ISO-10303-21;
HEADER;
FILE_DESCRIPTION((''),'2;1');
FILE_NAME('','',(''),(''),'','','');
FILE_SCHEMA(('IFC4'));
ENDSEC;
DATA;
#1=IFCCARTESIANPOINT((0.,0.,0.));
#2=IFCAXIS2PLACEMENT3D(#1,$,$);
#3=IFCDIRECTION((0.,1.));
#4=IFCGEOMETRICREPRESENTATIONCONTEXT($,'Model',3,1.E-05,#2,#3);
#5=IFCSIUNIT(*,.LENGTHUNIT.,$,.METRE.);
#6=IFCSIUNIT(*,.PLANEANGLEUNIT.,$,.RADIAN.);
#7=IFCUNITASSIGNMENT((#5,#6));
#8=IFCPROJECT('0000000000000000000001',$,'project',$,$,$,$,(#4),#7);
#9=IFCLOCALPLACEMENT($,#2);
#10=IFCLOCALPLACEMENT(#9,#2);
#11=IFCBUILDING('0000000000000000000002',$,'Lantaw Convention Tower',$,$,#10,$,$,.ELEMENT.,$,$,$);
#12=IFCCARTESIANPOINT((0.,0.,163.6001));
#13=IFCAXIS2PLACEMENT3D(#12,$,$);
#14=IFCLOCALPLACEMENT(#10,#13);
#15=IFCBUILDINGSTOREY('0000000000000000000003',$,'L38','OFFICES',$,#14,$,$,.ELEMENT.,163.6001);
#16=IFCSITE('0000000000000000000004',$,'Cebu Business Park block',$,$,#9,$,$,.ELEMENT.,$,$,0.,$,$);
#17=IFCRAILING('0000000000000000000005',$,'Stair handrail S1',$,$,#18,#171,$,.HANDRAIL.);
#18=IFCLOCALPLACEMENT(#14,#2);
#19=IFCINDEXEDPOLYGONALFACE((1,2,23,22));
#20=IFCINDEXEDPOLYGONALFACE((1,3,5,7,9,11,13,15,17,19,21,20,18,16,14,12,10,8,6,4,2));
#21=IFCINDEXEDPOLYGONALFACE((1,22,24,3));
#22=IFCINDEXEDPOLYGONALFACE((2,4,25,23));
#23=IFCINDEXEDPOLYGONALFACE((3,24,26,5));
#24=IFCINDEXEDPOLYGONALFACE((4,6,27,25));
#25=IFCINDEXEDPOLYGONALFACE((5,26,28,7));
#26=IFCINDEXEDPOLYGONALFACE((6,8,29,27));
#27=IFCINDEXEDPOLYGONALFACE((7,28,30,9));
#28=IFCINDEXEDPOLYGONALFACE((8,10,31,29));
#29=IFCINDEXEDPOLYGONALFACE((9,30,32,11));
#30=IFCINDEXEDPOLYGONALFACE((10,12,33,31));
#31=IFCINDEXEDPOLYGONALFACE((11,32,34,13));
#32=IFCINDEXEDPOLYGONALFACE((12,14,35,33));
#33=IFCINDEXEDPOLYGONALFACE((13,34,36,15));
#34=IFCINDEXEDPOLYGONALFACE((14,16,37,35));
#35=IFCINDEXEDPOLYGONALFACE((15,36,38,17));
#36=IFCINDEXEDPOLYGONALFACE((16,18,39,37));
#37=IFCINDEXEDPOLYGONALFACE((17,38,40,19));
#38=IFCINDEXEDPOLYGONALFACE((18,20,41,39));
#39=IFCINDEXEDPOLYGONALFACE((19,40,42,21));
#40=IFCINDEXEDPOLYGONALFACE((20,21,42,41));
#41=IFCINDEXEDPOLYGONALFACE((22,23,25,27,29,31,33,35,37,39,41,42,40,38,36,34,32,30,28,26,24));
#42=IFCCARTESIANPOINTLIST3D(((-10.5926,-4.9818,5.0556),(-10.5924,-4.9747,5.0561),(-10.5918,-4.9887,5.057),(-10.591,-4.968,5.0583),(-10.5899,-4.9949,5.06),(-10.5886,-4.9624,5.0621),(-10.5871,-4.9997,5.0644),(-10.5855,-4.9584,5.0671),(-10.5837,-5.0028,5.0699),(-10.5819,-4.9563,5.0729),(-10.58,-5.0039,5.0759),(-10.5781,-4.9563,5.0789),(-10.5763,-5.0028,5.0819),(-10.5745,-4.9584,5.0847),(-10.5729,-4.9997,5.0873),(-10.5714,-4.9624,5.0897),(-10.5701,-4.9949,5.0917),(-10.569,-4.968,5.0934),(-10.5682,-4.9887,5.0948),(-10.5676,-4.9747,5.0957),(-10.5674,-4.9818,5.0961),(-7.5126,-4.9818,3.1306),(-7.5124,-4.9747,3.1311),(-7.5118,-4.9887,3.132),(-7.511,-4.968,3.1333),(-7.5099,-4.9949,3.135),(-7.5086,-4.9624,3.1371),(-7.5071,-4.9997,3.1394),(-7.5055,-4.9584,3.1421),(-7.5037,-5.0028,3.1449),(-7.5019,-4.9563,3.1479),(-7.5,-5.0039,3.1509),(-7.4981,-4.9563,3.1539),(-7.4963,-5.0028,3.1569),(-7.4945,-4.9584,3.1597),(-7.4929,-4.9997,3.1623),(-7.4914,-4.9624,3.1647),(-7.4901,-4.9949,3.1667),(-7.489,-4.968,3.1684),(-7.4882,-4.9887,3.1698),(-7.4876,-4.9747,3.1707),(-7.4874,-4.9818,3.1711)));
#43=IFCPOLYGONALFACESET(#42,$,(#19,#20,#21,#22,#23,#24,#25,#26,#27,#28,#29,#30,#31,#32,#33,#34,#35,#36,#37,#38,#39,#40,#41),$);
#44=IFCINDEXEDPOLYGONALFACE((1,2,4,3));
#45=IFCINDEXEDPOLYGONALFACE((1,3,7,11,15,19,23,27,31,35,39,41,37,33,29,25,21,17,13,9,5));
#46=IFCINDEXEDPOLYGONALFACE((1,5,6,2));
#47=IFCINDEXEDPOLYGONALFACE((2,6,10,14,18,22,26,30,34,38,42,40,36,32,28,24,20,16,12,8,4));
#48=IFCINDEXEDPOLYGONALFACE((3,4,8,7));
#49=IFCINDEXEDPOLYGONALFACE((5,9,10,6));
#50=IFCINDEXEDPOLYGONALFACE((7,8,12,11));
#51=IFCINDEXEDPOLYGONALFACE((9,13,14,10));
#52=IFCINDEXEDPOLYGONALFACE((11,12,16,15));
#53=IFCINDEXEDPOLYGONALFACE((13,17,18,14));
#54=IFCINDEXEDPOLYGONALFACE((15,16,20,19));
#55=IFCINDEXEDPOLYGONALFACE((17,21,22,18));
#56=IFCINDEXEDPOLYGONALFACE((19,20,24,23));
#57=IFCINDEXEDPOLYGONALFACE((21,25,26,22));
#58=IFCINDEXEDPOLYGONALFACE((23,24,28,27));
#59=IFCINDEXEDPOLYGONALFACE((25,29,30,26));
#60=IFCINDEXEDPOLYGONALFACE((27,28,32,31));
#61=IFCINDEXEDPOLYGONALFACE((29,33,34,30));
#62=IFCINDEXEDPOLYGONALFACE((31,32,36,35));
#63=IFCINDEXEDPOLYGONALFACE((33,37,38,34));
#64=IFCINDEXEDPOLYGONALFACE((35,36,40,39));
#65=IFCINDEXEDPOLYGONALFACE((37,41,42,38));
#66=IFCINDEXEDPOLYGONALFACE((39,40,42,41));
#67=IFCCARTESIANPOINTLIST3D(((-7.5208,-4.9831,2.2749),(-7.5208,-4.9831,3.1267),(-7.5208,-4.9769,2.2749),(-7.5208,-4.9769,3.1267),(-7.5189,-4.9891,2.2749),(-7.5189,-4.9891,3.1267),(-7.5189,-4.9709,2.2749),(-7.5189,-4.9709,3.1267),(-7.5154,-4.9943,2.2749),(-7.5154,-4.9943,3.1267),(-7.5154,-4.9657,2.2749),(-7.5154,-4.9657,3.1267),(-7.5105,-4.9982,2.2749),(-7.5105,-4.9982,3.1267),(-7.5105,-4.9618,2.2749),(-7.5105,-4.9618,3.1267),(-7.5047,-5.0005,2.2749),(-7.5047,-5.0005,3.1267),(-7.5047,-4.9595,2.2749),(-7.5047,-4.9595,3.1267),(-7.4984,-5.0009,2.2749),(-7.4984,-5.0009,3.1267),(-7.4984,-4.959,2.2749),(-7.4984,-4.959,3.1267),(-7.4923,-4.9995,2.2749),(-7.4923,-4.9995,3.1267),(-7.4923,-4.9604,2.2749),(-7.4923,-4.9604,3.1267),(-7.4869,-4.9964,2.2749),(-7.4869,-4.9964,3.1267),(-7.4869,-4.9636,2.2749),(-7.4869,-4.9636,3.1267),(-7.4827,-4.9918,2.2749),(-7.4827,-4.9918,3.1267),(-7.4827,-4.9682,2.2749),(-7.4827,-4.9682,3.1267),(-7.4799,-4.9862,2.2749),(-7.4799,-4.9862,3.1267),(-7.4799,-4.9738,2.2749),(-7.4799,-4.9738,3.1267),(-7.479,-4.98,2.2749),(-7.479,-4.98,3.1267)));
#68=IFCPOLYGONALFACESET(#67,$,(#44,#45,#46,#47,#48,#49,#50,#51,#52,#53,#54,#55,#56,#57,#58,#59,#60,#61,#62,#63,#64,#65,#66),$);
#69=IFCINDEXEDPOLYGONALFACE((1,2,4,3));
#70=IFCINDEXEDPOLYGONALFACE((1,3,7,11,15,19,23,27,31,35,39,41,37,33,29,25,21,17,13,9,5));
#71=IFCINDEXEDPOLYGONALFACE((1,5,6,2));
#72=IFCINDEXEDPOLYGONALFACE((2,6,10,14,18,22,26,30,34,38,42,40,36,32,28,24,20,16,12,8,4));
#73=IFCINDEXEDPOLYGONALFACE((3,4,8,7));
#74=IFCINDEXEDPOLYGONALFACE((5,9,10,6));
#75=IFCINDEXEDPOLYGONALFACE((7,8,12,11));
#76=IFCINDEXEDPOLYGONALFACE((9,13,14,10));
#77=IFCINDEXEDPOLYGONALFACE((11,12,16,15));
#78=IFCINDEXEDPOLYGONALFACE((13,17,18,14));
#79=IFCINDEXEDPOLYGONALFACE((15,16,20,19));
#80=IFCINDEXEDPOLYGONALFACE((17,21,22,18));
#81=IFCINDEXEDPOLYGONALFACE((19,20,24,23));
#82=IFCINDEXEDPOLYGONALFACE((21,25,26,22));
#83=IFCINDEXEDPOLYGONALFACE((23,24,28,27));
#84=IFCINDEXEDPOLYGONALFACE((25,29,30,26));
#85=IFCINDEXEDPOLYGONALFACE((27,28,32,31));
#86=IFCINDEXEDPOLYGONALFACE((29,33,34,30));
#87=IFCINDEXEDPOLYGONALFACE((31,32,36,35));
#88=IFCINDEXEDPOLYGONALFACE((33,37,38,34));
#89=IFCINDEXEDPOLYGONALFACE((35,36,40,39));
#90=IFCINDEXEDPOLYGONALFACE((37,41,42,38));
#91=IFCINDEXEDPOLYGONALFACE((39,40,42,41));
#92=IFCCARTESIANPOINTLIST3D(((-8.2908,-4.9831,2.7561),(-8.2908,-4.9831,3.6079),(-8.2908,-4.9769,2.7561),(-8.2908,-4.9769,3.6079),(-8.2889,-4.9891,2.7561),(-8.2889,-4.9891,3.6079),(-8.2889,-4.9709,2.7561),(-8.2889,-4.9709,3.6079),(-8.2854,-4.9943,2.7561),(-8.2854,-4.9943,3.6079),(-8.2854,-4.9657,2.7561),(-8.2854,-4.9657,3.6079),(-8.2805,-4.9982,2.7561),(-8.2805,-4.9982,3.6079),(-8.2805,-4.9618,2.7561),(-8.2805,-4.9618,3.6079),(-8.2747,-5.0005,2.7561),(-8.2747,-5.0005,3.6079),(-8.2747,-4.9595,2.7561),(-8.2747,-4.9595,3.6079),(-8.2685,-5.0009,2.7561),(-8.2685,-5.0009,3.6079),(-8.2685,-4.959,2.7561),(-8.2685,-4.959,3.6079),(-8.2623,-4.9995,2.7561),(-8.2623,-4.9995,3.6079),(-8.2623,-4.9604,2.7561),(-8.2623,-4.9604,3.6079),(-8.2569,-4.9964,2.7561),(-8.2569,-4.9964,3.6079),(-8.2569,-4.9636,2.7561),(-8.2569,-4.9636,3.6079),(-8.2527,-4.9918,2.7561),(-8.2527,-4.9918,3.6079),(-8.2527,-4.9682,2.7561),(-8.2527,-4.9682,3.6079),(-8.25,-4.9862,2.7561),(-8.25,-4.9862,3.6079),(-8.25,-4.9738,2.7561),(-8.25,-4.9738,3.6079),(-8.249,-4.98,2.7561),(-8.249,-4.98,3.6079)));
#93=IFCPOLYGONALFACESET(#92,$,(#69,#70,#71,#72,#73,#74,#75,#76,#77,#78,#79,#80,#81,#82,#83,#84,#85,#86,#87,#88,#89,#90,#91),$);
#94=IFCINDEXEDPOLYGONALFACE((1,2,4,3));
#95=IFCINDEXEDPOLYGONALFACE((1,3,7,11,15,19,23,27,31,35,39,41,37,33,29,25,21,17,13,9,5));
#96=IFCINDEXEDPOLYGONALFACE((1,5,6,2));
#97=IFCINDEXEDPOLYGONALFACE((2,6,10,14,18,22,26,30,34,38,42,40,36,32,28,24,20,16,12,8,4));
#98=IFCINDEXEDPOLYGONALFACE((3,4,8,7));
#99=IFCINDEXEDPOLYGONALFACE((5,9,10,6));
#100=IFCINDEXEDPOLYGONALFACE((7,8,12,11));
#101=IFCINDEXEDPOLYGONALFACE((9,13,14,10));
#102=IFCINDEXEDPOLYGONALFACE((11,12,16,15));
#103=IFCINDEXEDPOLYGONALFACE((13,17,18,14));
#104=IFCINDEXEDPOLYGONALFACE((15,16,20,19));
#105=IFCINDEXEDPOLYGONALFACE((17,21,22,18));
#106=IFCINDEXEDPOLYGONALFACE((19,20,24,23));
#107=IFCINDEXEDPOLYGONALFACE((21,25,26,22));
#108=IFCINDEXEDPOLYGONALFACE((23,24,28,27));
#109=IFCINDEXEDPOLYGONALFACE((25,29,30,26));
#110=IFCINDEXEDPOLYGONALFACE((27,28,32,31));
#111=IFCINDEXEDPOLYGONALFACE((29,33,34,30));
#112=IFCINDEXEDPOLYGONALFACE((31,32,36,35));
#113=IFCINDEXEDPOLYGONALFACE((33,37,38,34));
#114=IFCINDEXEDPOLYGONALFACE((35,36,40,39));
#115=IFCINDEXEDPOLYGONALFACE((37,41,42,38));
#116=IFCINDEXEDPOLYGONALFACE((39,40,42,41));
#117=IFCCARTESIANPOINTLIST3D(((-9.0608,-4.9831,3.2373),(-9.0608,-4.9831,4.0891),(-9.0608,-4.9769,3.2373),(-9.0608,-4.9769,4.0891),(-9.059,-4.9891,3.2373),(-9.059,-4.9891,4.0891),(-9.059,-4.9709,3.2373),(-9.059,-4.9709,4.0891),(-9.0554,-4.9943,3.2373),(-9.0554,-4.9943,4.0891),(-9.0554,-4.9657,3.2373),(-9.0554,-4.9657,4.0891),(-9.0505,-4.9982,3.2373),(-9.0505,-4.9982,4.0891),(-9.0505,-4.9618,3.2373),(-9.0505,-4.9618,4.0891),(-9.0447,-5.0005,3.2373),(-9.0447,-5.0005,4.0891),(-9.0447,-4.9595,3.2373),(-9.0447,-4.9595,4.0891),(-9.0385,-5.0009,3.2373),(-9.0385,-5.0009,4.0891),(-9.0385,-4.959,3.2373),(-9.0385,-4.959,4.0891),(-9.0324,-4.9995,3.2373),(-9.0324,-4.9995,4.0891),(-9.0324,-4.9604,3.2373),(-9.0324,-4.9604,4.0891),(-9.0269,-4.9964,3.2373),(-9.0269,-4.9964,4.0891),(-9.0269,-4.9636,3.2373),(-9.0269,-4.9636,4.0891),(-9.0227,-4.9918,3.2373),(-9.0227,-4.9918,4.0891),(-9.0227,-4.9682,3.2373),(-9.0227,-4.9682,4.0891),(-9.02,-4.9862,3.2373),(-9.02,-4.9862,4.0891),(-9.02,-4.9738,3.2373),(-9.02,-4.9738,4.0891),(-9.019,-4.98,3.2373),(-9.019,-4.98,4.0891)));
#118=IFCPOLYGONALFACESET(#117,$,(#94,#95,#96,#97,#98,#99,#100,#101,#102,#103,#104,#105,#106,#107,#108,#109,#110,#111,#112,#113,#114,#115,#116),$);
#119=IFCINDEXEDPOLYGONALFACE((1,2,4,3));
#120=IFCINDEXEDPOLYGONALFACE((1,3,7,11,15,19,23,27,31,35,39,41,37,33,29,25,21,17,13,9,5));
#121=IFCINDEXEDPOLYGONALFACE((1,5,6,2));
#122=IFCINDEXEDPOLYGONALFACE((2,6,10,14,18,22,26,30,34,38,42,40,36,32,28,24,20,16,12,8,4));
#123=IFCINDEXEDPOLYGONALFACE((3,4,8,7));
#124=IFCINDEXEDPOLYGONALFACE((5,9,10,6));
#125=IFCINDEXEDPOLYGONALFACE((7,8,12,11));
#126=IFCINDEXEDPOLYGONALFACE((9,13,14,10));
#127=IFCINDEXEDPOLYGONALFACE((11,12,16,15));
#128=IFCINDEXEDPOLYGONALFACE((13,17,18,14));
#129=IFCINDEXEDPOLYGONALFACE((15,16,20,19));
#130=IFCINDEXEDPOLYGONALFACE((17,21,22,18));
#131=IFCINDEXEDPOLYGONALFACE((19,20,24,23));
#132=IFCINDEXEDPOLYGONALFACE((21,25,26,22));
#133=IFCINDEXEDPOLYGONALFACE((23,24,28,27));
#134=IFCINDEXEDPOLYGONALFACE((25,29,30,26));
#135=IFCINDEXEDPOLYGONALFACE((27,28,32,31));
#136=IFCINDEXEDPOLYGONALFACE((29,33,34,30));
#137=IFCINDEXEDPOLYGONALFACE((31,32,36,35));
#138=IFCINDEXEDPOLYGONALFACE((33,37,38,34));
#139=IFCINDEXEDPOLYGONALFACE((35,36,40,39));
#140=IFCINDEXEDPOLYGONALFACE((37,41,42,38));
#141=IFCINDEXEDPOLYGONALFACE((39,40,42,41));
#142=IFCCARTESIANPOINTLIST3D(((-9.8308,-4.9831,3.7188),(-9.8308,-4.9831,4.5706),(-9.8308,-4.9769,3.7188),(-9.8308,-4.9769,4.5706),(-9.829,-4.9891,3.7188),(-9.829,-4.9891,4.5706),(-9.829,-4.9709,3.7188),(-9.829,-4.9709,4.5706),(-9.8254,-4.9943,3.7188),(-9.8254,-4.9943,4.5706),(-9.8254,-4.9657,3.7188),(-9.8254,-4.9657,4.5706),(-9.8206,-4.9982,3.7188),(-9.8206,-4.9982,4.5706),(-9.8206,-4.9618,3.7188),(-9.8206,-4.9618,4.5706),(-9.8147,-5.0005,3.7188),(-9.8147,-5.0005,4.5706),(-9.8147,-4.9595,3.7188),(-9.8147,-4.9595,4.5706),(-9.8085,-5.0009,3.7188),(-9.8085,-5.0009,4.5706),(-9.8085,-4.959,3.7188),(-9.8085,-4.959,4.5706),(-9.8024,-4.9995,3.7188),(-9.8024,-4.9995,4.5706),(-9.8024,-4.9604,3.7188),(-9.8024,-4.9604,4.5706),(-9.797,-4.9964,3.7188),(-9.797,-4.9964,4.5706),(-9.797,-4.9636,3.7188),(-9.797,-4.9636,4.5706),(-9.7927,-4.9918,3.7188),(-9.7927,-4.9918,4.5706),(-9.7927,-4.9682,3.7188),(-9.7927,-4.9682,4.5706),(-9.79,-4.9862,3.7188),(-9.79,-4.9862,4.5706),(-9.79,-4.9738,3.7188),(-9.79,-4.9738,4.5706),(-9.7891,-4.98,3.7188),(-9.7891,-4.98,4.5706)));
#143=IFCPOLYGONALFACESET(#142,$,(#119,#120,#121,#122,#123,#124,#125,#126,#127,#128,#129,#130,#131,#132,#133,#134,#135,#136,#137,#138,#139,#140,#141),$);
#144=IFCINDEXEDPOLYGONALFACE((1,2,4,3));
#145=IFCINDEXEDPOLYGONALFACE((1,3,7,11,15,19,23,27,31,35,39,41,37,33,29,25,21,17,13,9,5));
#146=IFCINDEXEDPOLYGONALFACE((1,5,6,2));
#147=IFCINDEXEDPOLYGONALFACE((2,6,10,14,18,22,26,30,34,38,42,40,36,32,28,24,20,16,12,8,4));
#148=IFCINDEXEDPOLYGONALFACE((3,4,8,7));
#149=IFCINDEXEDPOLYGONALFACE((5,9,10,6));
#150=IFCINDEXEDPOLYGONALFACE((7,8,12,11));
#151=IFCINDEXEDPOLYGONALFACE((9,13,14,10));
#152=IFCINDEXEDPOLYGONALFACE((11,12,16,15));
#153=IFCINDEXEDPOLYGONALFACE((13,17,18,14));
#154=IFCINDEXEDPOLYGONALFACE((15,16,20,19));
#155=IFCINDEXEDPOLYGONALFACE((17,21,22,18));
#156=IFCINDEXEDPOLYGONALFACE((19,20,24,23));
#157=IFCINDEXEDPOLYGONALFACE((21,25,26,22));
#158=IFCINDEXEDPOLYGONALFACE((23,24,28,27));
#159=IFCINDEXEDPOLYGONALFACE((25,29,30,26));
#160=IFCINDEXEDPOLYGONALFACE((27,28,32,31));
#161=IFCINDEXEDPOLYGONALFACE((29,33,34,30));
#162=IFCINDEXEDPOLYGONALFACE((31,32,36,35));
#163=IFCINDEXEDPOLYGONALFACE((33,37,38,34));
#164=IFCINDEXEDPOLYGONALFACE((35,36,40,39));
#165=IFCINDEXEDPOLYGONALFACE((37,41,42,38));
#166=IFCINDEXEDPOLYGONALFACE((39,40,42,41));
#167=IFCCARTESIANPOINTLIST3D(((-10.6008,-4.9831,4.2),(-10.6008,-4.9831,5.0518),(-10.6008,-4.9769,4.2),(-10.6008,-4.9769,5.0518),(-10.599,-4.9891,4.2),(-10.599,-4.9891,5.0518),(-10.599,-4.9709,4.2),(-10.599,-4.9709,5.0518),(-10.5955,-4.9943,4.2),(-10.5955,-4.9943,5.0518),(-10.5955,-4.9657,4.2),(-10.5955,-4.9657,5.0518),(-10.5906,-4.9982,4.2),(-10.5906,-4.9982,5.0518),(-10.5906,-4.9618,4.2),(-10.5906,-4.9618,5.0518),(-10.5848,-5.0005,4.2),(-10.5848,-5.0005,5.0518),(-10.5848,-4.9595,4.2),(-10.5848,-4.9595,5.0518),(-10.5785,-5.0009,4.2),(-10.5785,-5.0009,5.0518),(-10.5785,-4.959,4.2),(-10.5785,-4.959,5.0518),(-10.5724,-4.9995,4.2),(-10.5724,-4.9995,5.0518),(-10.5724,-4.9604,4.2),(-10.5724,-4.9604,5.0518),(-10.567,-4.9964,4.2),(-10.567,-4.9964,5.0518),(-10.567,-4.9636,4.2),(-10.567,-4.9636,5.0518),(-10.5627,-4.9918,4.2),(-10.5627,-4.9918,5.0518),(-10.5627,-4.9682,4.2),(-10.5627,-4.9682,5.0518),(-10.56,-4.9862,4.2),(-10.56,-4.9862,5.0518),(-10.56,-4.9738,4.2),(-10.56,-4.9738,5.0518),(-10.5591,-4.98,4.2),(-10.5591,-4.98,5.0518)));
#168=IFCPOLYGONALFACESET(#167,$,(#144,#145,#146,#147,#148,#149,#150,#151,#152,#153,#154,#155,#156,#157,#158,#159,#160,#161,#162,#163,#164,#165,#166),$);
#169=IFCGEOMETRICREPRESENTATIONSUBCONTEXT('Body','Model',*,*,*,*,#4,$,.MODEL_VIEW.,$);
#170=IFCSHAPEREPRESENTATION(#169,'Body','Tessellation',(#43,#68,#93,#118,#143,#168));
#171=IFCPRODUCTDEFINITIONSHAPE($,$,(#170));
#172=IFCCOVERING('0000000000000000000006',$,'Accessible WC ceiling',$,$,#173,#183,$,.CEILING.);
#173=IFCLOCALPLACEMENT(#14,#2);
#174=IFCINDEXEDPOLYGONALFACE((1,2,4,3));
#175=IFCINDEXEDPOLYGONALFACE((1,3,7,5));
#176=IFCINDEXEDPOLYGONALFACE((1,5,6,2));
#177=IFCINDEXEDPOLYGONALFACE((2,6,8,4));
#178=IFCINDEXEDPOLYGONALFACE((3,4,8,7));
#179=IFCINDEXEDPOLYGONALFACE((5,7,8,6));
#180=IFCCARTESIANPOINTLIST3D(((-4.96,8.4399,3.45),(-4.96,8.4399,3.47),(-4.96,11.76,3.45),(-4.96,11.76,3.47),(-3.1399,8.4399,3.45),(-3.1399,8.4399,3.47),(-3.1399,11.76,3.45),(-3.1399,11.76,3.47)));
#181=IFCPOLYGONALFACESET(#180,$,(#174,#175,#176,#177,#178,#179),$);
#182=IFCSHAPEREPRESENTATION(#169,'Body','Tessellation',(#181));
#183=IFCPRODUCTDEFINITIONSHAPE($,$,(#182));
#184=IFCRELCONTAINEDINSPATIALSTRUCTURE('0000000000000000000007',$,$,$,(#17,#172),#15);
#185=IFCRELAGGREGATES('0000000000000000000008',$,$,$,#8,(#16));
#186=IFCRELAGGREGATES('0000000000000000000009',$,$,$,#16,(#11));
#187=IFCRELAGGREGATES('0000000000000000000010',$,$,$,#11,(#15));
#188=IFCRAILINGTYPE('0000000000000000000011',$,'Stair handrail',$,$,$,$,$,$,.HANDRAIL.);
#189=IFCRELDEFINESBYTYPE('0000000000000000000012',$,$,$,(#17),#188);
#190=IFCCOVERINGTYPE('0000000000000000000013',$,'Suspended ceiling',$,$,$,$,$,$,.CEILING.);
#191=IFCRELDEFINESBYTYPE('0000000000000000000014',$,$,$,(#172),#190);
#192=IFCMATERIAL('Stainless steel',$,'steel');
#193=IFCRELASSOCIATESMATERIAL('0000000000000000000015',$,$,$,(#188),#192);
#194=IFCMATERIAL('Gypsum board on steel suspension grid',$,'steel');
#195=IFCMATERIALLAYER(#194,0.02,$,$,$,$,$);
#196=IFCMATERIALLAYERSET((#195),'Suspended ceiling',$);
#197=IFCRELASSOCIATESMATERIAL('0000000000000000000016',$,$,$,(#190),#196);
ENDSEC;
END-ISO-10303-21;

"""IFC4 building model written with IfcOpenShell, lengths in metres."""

from ifc_helpers import new_model, si_unit, direction, frame, origin, origin_2d, place, context, subcontext, project, spatial, polyline, circle, outline, extrude, material, layer, layer_set, type_object, element, save


model = new_model("IFC4")

# Units and contexts
model_context = context("Model", 3, precision=1e-05, world=origin(), true_north=direction((0.0, 1.0)))
body_context = subcontext(model_context, "Body", "Model", "MODEL_VIEW")
ifc_project = project(units=[si_unit("LENGTHUNIT", "METRE"), si_unit("PLANEANGLEUNIT", "RADIAN")], contexts=[model_context])

# Site, building, storey
site_placement = place(None, origin())
site = spatial("IfcSite", under=ifc_project, at=site_placement, Name="Cebu Business Park block", CompositionType="ELEMENT", RefElevation=0.0)
building_placement = place(site_placement, origin())
building = spatial("IfcBuilding", under=site, at=building_placement, Name="Lantaw Convention Tower", CompositionType="ELEMENT")
storey_placement = place(building_placement, frame((0.0, 0.0, 163.6001)))
storey = spatial("IfcBuildingStorey", under=building, at=storey_placement, Name="L38", Description="OFFICES", CompositionType="ELEMENT", Elevation=163.6001)

# Railing
ifc_material_1 = material(Name="Stainless steel", Category="steel")
railing_type = type_object("IfcRailingType", Name="Stair handrail", PredefinedType="HANDRAIL", material=ifc_material_1)
railing_1_placement = place(storey_placement, frame((-7.5, -4.98, 2.2749)))
element("IfcRailing", 1, at=railing_1_placement, inside=storey, type_object=railing_type, Name="Stair handrail S1", PredefinedType="HANDRAIL", context=body_context, shape_type="SweptSolid", body=[
    extrude(circle(Radius=0.0239, at=origin_2d()), frame((0.0, 0.0, 0.876), z_axis=(-0.847998, 0.0, 0.529999), x_axis=(0.0, -1.0, 0.0)), (0.0, 0.0, 1.0), 3.6321),
    extrude(circle(Radius=0.021, at=origin_2d()), origin(), (0.0, 0.0, 1.0), 0.8518),
    extrude(circle(Radius=0.021, at=origin_2d()), frame((-0.77, 0.0, 0.4812)), (0.0, 0.0, 1.0), 0.8518),
    extrude(circle(Radius=0.021, at=origin_2d()), frame((-1.54, 0.0, 0.9624)), (0.0, 0.0, 1.0), 0.8518),
    extrude(circle(Radius=0.021, at=origin_2d()), frame((-2.3101, 0.0, 1.4438)), (0.0, 0.0, 1.0), 0.8518),
    extrude(circle(Radius=0.021, at=origin_2d()), frame((-3.0801, 0.0, 1.925)), (0.0, 0.0, 1.0), 0.8518),
])

# Covering
ifc_material_2 = material(Name="Gypsum board on steel suspension grid", Category="steel")
ifc_layer_1 = layer(ifc_material_2, 0.02)
ifc_layer_set_1 = layer_set([ifc_layer_1], Name="Suspended ceiling")
covering_type = type_object("IfcCoveringType", Name="Suspended ceiling", PredefinedType="CEILING", material=ifc_layer_set_1)
covering_placement = place(storey_placement, frame((0.0, 0.0, 3.45)))
element("IfcCovering", 2, at=covering_placement, inside=storey, type_object=covering_type, Name="Accessible WC ceiling", PredefinedType="CEILING", context=body_context, shape_type="SweptSolid", body=[
    extrude(outline(polyline([(-4.96, 8.4399), (-3.1399, 8.4399), (-3.1399, 11.76), (-4.96, 11.76), (-4.96, 8.4399)])), origin(), (0.0, 0.0, 1.0), 0.02),
])

save(model, "model.ifc")
